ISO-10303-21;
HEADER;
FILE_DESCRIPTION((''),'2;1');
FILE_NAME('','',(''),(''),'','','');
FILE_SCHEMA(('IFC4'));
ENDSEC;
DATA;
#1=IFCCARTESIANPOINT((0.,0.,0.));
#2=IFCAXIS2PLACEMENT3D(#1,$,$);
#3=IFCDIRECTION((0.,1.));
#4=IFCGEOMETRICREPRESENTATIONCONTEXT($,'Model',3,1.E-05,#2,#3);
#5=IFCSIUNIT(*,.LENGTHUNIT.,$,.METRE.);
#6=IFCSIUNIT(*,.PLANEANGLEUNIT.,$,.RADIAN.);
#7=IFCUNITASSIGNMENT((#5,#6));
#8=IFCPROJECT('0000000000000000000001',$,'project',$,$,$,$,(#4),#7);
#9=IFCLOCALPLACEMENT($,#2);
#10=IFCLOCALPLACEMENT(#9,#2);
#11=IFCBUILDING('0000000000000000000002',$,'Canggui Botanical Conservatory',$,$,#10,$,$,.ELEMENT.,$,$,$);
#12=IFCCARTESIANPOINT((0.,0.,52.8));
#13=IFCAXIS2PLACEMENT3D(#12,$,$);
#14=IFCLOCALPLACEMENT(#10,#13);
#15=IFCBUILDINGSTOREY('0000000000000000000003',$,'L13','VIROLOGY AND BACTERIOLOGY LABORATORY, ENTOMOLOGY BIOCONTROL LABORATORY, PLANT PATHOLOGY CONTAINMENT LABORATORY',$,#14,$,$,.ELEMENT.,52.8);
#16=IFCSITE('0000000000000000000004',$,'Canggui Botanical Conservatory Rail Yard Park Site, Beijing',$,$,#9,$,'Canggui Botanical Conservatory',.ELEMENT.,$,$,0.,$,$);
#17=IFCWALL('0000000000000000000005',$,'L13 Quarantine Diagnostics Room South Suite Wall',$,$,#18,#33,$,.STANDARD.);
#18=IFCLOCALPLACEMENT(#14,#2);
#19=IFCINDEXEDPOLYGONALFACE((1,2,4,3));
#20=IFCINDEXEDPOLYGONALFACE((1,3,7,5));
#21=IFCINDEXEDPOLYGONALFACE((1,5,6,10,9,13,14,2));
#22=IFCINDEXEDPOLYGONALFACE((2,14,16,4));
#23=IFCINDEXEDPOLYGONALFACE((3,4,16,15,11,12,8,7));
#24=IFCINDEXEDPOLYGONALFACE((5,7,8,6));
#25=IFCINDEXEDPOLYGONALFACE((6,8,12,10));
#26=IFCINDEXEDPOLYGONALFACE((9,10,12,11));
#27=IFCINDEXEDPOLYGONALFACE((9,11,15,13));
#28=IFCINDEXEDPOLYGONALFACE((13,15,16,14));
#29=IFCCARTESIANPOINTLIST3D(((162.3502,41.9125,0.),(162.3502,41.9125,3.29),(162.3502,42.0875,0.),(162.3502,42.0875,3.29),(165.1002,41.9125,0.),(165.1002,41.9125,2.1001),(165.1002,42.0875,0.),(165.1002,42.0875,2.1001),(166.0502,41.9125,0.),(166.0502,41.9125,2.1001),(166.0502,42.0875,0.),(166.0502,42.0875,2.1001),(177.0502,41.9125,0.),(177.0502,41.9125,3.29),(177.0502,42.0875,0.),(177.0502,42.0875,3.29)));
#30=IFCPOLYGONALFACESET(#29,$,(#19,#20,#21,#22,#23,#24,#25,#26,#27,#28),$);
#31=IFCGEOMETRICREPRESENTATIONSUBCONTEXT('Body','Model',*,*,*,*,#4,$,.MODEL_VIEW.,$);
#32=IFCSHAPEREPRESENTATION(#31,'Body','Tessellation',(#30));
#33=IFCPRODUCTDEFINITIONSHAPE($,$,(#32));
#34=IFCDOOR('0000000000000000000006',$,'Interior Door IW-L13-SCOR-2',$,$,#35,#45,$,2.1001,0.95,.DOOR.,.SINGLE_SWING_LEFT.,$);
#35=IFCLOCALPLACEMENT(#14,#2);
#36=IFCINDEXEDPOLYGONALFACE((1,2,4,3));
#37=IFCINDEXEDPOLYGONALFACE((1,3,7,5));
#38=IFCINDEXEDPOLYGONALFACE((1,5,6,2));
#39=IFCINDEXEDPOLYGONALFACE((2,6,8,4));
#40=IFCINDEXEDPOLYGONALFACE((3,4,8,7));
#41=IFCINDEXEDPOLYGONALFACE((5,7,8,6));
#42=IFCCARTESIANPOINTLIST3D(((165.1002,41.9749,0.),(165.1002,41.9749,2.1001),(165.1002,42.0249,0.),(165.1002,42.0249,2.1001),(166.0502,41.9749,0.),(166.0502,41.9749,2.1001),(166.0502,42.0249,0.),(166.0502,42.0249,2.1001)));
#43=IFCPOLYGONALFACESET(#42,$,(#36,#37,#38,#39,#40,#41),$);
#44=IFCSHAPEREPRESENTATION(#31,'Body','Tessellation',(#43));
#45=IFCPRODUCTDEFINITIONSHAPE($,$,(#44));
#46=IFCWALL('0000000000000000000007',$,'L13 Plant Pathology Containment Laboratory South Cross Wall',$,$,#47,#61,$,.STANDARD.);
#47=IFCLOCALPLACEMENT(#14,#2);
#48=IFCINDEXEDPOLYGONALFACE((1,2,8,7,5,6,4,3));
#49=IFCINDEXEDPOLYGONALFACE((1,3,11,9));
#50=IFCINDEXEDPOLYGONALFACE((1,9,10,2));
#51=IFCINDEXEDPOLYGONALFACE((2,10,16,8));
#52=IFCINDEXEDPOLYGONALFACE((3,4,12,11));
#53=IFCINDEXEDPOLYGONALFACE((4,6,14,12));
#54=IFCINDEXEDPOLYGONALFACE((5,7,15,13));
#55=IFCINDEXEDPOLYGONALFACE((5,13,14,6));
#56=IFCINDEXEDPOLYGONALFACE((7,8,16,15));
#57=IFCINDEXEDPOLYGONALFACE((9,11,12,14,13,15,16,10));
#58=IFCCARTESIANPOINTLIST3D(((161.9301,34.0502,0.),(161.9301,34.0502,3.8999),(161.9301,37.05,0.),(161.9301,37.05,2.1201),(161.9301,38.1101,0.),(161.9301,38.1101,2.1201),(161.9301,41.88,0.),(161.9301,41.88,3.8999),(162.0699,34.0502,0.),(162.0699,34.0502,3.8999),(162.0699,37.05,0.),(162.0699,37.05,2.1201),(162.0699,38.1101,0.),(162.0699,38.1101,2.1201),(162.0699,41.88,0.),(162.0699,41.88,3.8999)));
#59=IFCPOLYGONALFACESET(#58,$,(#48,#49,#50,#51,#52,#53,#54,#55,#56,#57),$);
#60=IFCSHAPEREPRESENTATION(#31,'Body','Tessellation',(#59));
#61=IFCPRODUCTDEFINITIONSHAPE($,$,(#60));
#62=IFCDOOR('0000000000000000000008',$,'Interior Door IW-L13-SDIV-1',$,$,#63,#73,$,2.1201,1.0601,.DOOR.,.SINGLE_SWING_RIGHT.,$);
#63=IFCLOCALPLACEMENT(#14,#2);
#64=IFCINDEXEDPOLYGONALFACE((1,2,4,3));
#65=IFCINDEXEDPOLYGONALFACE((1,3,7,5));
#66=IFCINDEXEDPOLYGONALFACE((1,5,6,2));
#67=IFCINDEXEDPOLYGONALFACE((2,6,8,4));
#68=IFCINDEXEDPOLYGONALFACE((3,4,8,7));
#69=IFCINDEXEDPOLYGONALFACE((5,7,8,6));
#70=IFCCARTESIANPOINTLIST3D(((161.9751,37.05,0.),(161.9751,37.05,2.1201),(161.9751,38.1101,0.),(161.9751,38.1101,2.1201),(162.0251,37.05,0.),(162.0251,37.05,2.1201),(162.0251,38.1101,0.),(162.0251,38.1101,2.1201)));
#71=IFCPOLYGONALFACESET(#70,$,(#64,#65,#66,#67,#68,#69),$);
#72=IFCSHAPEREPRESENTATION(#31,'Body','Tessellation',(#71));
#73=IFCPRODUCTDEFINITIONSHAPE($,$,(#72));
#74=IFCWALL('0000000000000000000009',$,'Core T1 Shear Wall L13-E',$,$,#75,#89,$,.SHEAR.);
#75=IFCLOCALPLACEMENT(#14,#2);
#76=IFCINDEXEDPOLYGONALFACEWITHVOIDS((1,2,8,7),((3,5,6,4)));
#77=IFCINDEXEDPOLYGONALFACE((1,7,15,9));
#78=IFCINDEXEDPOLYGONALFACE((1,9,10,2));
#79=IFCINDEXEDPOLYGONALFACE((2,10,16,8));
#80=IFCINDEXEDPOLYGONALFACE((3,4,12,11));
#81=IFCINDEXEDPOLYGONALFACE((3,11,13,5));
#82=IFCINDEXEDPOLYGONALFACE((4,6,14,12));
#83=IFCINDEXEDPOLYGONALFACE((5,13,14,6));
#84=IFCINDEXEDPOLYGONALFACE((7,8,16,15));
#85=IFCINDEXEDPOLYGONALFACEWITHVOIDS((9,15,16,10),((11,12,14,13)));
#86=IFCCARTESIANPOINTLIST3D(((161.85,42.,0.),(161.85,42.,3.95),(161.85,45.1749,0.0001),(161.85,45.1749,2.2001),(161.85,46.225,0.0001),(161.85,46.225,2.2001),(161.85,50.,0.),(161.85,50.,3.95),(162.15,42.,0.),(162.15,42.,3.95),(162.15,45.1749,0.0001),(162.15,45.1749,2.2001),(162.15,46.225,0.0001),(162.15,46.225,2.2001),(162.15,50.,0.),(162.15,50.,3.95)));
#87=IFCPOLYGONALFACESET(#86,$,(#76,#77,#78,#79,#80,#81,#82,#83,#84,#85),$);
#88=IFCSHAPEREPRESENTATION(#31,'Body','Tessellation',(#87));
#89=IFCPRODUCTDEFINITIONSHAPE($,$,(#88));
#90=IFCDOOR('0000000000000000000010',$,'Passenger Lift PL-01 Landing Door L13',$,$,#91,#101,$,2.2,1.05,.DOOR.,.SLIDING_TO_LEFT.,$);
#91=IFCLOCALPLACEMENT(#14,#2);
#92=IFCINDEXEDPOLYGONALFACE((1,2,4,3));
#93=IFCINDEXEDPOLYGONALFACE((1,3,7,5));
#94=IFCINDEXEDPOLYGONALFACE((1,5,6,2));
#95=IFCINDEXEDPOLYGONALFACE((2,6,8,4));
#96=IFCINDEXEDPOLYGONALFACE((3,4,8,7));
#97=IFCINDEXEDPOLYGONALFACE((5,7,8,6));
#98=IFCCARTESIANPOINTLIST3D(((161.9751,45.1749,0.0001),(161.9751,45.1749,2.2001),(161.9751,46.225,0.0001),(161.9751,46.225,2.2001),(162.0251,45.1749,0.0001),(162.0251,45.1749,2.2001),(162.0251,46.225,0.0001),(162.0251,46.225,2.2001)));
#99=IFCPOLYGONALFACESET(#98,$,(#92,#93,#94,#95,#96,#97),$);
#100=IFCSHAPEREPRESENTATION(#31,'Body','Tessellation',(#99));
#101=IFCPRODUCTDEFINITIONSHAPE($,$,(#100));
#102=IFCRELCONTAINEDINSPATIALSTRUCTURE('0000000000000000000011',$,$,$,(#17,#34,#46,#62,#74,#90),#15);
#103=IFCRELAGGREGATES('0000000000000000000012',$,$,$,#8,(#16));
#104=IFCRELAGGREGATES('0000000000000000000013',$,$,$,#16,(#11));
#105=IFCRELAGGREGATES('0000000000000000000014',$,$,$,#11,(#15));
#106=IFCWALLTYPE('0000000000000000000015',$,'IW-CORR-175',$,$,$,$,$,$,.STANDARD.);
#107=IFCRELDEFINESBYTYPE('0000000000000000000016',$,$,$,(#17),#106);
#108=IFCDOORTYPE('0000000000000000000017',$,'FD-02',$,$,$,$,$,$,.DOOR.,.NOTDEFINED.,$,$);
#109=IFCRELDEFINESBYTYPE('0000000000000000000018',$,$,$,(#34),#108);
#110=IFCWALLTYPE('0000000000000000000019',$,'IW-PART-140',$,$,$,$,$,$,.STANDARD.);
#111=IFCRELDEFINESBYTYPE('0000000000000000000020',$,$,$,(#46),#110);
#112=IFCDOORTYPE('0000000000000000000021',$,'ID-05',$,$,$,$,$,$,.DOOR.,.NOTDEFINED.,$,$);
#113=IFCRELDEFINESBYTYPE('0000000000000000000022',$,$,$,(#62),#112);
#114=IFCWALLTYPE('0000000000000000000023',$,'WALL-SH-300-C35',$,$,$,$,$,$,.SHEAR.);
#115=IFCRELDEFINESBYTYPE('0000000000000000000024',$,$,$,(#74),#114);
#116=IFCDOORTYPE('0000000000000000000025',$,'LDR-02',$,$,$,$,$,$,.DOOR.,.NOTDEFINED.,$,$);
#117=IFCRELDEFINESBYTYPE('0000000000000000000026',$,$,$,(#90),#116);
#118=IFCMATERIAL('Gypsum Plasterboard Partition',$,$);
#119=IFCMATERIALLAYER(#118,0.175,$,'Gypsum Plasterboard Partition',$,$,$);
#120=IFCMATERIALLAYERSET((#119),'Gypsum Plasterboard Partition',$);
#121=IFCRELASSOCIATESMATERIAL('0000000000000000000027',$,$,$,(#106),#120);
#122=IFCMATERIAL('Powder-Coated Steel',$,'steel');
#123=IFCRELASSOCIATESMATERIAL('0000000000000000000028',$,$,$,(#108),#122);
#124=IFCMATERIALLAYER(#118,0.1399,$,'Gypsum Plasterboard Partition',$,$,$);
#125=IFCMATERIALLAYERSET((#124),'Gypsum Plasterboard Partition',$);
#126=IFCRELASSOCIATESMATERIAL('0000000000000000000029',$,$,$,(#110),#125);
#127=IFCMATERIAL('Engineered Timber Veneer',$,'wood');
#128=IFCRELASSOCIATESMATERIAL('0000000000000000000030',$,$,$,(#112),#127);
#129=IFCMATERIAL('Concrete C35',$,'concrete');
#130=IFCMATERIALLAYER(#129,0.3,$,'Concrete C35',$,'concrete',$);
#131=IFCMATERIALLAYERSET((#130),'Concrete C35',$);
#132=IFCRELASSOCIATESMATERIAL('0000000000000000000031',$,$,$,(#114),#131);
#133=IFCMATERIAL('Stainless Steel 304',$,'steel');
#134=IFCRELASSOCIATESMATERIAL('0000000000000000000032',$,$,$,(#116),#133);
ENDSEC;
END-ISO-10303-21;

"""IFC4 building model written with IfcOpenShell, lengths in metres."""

from ifc_helpers import new_model, si_unit, direction, frame, frame_2d, origin, place, context, subcontext, project, spatial, rectangle, extrude, material, layer, layer_set, type_object, element, fill, save


model = new_model("IFC4")

# Units and contexts
model_context = context("Model", 3, precision=1e-05, world=origin(), true_north=direction((0.0, 1.0)))
body_context = subcontext(model_context, "Body", "Model", "MODEL_VIEW")
ifc_project = project(units=[si_unit("LENGTHUNIT", "METRE"), si_unit("PLANEANGLEUNIT", "RADIAN")], contexts=[model_context])

# Site, building, storey
site_placement = place(None, origin())
site = spatial("IfcSite", under=ifc_project, at=site_placement, Name="Canggui Botanical Conservatory Rail Yard Park Site, Beijing", LongName="Canggui Botanical Conservatory", CompositionType="ELEMENT", RefElevation=0.0)
building_placement = place(site_placement, origin())
building = spatial("IfcBuilding", under=site, at=building_placement, Name="Canggui Botanical Conservatory", CompositionType="ELEMENT")
storey_placement = place(building_placement, frame((0.0, 0.0, 52.8)))
storey = spatial("IfcBuildingStorey", under=building, at=storey_placement, Name="L13", Description="VIROLOGY AND BACTERIOLOGY LABORATORY, ENTOMOLOGY BIOCONTROL LABORATORY, PLANT PATHOLOGY CONTAINMENT LABORATORY", CompositionType="ELEMENT", Elevation=52.8)

# Shared definitions
ifc_material_1 = material(Name="Concrete C35", Category="concrete")

# Walls, openings, doors
ifc_material_2 = material(Name="Gypsum Plasterboard Partition")
ifc_layer_1 = layer(ifc_material_2, 0.175, Name="Gypsum Plasterboard Partition")
ifc_layer_set_1 = layer_set([ifc_layer_1], Name="Gypsum Plasterboard Partition")
wall_type_1 = type_object("IfcWallType", Name="IW-CORR-175", PredefinedType="STANDARD", material=ifc_layer_set_1)
wall_1_placement = place(storey_placement, frame((162.3501, 42.0, 0.0), z_axis=(0.0, 0.0, 1.0), x_axis=(1.0, 0.0, 0.0)))
wall_1 = element("IfcWall", 1, at=wall_1_placement, inside=storey, type_object=wall_type_1, Name="L13 Quarantine Diagnostics Room South Suite Wall", PredefinedType="STANDARD", context=body_context, shape_type="SweptSolid", body=[
    extrude(rectangle(XDim=14.7, YDim=0.175, at=frame_2d((7.3501, 0.0))), origin(), (0.0, 0.0, 1.0), 3.29),
])
opening_1_placement = place(wall_1_placement, frame((2.75, 0.0, 0.0)))
opening_1 = element("IfcOpeningElement", 2, at=opening_1_placement, cuts=wall_1, PredefinedType="OPENING", context=body_context, shape_type="SweptSolid", body=[
    extrude(rectangle(XDim=0.95, YDim=2.1001, at=frame_2d((0.4751, 1.05))), frame((0.0, 0.0977, 0.0), z_axis=(0.0, -1.0, 0.0), x_axis=(1.0, 0.0, 0.0)), (0.0, 0.0, 1.0), 0.1951),
])
ifc_material_3 = material(Name="Powder-Coated Steel", Category="steel")
door_type_1 = type_object("IfcDoorType", Name="FD-02", OperationType="NOTDEFINED", PredefinedType="DOOR", material=ifc_material_3)
door_1_placement = place(opening_1_placement, origin())
door_1 = element("IfcDoor", 3, at=door_1_placement, inside=storey, type_object=door_type_1, Name="Interior Door IW-L13-SCOR-2", OperationType="SINGLE_SWING_LEFT", OverallHeight=2.1001, OverallWidth=0.95, PredefinedType="DOOR", context=body_context, shape_type="SweptSolid", body=[
    extrude(rectangle(XDim=0.95, YDim=2.1001, at=frame_2d((0.4751, 1.05))), frame((0.0, 0.0249, 0.0), z_axis=(0.0, -1.0, 0.0), x_axis=(1.0, 0.0, 0.0)), (0.0, 0.0, 1.0), 0.05),
])
fill(opening_1, door_1)
ifc_layer_2 = layer(ifc_material_2, 0.1399, Name="Gypsum Plasterboard Partition")
ifc_layer_set_2 = layer_set([ifc_layer_2], Name="Gypsum Plasterboard Partition")
wall_type_2 = type_object("IfcWallType", Name="IW-PART-140", PredefinedType="STANDARD", material=ifc_layer_set_2)
wall_2_placement = place(storey_placement, frame((162.0, 34.05, 0.0), z_axis=(0.0, 0.0, 1.0), x_axis=(0.0, 1.0, 0.0)))
wall_2 = element("IfcWall", 4, at=wall_2_placement, inside=storey, type_object=wall_type_2, Name="L13 Plant Pathology Containment Laboratory South Cross Wall", PredefinedType="STANDARD", context=body_context, shape_type="SweptSolid", body=[
    extrude(rectangle(XDim=7.8298, YDim=0.1399, at=frame_2d((3.915, 0.0))), origin(), (0.0, 0.0, 1.0), 3.8999),
])
opening_2_placement = place(wall_2_placement, frame((3.0, 0.0, 0.0)))
opening_2 = element("IfcOpeningElement", 5, at=opening_2_placement, cuts=wall_2, PredefinedType="OPENING", context=body_context, shape_type="SweptSolid", body=[
    extrude(rectangle(XDim=1.0601, YDim=2.1201, at=frame_2d((0.53, 1.0601))), frame((0.0, 0.0801, 0.0), z_axis=(0.0, -1.0, 0.0), x_axis=(1.0, 0.0, 0.0)), (0.0, 0.0, 1.0), 0.1599),
])
ifc_material_4 = material(Name="Engineered Timber Veneer", Category="wood")
door_type_2 = type_object("IfcDoorType", Name="ID-05", OperationType="NOTDEFINED", PredefinedType="DOOR", material=ifc_material_4)
door_2_placement = place(opening_2_placement, origin())
door_2 = element("IfcDoor", 6, at=door_2_placement, inside=storey, type_object=door_type_2, Name="Interior Door IW-L13-SDIV-1", OperationType="SINGLE_SWING_RIGHT", OverallHeight=2.1201, OverallWidth=1.0601, PredefinedType="DOOR", context=body_context, shape_type="SweptSolid", body=[
    extrude(rectangle(XDim=1.0601, YDim=2.1201, at=frame_2d((0.53, 1.0601))), frame((0.0, 0.0249, 0.0), z_axis=(0.0, -1.0, 0.0), x_axis=(1.0, 0.0, 0.0)), (0.0, 0.0, 1.0), 0.05),
])
fill(opening_2, door_2)
ifc_layer_3 = layer(ifc_material_1, 0.3, Name="Concrete C35", Category="concrete")
ifc_layer_set_3 = layer_set([ifc_layer_3], Name="Concrete C35")
wall_type_3 = type_object("IfcWallType", Name="WALL-SH-300-C35", PredefinedType="SHEAR", material=ifc_layer_set_3)
wall_3_placement = place(storey_placement, frame((162.0, 42.0, 0.0), z_axis=(0.0, 0.0, 1.0), x_axis=(0.0, 1.0, 0.0)))
wall_3 = element("IfcWall", 7, at=wall_3_placement, inside=storey, type_object=wall_type_3, Name="Core T1 Shear Wall L13-E", PredefinedType="SHEAR", context=body_context, shape_type="SweptSolid", body=[
    extrude(rectangle(XDim=8.0, YDim=0.3, at=frame_2d((4.0, 0.0))), origin(), (0.0, 0.0, 1.0), 3.95),
])
opening_3_placement = place(wall_3_placement, frame((3.175, 0.0, 0.0)))
opening_3 = element("IfcOpeningElement", 8, at=opening_3_placement, cuts=wall_3, PredefinedType="OPENING", context=body_context, shape_type="SweptSolid", body=[
    extrude(rectangle(XDim=1.05, YDim=2.2, at=frame_2d((0.5249, 1.1001))), frame((0.0, 0.1602, 0.0), z_axis=(0.0, -1.0, 0.0), x_axis=(1.0, 0.0, 0.0)), (0.0, 0.0, 1.0), 0.3201),
])
ifc_material_5 = material(Name="Stainless Steel 304", Category="steel")
door_type_3 = type_object("IfcDoorType", Name="LDR-02", OperationType="NOTDEFINED", PredefinedType="DOOR", material=ifc_material_5)
door_3_placement = place(opening_3_placement, origin())
door_3 = element("IfcDoor", 9, at=door_3_placement, inside=storey, type_object=door_type_3, Name="Passenger Lift PL-01 Landing Door L13", OperationType="SLIDING_TO_LEFT", OverallHeight=2.2, OverallWidth=1.05, PredefinedType="DOOR", context=body_context, shape_type="SweptSolid", body=[
    extrude(rectangle(XDim=1.05, YDim=2.2, at=frame_2d((0.5249, 1.1001))), frame((0.0, 0.0249, 0.0), z_axis=(0.0, -1.0, 0.0), x_axis=(1.0, 0.0, 0.0)), (0.0, 0.0, 1.0), 0.05),
])
fill(opening_3, door_3)

save(model, "model.ifc")
